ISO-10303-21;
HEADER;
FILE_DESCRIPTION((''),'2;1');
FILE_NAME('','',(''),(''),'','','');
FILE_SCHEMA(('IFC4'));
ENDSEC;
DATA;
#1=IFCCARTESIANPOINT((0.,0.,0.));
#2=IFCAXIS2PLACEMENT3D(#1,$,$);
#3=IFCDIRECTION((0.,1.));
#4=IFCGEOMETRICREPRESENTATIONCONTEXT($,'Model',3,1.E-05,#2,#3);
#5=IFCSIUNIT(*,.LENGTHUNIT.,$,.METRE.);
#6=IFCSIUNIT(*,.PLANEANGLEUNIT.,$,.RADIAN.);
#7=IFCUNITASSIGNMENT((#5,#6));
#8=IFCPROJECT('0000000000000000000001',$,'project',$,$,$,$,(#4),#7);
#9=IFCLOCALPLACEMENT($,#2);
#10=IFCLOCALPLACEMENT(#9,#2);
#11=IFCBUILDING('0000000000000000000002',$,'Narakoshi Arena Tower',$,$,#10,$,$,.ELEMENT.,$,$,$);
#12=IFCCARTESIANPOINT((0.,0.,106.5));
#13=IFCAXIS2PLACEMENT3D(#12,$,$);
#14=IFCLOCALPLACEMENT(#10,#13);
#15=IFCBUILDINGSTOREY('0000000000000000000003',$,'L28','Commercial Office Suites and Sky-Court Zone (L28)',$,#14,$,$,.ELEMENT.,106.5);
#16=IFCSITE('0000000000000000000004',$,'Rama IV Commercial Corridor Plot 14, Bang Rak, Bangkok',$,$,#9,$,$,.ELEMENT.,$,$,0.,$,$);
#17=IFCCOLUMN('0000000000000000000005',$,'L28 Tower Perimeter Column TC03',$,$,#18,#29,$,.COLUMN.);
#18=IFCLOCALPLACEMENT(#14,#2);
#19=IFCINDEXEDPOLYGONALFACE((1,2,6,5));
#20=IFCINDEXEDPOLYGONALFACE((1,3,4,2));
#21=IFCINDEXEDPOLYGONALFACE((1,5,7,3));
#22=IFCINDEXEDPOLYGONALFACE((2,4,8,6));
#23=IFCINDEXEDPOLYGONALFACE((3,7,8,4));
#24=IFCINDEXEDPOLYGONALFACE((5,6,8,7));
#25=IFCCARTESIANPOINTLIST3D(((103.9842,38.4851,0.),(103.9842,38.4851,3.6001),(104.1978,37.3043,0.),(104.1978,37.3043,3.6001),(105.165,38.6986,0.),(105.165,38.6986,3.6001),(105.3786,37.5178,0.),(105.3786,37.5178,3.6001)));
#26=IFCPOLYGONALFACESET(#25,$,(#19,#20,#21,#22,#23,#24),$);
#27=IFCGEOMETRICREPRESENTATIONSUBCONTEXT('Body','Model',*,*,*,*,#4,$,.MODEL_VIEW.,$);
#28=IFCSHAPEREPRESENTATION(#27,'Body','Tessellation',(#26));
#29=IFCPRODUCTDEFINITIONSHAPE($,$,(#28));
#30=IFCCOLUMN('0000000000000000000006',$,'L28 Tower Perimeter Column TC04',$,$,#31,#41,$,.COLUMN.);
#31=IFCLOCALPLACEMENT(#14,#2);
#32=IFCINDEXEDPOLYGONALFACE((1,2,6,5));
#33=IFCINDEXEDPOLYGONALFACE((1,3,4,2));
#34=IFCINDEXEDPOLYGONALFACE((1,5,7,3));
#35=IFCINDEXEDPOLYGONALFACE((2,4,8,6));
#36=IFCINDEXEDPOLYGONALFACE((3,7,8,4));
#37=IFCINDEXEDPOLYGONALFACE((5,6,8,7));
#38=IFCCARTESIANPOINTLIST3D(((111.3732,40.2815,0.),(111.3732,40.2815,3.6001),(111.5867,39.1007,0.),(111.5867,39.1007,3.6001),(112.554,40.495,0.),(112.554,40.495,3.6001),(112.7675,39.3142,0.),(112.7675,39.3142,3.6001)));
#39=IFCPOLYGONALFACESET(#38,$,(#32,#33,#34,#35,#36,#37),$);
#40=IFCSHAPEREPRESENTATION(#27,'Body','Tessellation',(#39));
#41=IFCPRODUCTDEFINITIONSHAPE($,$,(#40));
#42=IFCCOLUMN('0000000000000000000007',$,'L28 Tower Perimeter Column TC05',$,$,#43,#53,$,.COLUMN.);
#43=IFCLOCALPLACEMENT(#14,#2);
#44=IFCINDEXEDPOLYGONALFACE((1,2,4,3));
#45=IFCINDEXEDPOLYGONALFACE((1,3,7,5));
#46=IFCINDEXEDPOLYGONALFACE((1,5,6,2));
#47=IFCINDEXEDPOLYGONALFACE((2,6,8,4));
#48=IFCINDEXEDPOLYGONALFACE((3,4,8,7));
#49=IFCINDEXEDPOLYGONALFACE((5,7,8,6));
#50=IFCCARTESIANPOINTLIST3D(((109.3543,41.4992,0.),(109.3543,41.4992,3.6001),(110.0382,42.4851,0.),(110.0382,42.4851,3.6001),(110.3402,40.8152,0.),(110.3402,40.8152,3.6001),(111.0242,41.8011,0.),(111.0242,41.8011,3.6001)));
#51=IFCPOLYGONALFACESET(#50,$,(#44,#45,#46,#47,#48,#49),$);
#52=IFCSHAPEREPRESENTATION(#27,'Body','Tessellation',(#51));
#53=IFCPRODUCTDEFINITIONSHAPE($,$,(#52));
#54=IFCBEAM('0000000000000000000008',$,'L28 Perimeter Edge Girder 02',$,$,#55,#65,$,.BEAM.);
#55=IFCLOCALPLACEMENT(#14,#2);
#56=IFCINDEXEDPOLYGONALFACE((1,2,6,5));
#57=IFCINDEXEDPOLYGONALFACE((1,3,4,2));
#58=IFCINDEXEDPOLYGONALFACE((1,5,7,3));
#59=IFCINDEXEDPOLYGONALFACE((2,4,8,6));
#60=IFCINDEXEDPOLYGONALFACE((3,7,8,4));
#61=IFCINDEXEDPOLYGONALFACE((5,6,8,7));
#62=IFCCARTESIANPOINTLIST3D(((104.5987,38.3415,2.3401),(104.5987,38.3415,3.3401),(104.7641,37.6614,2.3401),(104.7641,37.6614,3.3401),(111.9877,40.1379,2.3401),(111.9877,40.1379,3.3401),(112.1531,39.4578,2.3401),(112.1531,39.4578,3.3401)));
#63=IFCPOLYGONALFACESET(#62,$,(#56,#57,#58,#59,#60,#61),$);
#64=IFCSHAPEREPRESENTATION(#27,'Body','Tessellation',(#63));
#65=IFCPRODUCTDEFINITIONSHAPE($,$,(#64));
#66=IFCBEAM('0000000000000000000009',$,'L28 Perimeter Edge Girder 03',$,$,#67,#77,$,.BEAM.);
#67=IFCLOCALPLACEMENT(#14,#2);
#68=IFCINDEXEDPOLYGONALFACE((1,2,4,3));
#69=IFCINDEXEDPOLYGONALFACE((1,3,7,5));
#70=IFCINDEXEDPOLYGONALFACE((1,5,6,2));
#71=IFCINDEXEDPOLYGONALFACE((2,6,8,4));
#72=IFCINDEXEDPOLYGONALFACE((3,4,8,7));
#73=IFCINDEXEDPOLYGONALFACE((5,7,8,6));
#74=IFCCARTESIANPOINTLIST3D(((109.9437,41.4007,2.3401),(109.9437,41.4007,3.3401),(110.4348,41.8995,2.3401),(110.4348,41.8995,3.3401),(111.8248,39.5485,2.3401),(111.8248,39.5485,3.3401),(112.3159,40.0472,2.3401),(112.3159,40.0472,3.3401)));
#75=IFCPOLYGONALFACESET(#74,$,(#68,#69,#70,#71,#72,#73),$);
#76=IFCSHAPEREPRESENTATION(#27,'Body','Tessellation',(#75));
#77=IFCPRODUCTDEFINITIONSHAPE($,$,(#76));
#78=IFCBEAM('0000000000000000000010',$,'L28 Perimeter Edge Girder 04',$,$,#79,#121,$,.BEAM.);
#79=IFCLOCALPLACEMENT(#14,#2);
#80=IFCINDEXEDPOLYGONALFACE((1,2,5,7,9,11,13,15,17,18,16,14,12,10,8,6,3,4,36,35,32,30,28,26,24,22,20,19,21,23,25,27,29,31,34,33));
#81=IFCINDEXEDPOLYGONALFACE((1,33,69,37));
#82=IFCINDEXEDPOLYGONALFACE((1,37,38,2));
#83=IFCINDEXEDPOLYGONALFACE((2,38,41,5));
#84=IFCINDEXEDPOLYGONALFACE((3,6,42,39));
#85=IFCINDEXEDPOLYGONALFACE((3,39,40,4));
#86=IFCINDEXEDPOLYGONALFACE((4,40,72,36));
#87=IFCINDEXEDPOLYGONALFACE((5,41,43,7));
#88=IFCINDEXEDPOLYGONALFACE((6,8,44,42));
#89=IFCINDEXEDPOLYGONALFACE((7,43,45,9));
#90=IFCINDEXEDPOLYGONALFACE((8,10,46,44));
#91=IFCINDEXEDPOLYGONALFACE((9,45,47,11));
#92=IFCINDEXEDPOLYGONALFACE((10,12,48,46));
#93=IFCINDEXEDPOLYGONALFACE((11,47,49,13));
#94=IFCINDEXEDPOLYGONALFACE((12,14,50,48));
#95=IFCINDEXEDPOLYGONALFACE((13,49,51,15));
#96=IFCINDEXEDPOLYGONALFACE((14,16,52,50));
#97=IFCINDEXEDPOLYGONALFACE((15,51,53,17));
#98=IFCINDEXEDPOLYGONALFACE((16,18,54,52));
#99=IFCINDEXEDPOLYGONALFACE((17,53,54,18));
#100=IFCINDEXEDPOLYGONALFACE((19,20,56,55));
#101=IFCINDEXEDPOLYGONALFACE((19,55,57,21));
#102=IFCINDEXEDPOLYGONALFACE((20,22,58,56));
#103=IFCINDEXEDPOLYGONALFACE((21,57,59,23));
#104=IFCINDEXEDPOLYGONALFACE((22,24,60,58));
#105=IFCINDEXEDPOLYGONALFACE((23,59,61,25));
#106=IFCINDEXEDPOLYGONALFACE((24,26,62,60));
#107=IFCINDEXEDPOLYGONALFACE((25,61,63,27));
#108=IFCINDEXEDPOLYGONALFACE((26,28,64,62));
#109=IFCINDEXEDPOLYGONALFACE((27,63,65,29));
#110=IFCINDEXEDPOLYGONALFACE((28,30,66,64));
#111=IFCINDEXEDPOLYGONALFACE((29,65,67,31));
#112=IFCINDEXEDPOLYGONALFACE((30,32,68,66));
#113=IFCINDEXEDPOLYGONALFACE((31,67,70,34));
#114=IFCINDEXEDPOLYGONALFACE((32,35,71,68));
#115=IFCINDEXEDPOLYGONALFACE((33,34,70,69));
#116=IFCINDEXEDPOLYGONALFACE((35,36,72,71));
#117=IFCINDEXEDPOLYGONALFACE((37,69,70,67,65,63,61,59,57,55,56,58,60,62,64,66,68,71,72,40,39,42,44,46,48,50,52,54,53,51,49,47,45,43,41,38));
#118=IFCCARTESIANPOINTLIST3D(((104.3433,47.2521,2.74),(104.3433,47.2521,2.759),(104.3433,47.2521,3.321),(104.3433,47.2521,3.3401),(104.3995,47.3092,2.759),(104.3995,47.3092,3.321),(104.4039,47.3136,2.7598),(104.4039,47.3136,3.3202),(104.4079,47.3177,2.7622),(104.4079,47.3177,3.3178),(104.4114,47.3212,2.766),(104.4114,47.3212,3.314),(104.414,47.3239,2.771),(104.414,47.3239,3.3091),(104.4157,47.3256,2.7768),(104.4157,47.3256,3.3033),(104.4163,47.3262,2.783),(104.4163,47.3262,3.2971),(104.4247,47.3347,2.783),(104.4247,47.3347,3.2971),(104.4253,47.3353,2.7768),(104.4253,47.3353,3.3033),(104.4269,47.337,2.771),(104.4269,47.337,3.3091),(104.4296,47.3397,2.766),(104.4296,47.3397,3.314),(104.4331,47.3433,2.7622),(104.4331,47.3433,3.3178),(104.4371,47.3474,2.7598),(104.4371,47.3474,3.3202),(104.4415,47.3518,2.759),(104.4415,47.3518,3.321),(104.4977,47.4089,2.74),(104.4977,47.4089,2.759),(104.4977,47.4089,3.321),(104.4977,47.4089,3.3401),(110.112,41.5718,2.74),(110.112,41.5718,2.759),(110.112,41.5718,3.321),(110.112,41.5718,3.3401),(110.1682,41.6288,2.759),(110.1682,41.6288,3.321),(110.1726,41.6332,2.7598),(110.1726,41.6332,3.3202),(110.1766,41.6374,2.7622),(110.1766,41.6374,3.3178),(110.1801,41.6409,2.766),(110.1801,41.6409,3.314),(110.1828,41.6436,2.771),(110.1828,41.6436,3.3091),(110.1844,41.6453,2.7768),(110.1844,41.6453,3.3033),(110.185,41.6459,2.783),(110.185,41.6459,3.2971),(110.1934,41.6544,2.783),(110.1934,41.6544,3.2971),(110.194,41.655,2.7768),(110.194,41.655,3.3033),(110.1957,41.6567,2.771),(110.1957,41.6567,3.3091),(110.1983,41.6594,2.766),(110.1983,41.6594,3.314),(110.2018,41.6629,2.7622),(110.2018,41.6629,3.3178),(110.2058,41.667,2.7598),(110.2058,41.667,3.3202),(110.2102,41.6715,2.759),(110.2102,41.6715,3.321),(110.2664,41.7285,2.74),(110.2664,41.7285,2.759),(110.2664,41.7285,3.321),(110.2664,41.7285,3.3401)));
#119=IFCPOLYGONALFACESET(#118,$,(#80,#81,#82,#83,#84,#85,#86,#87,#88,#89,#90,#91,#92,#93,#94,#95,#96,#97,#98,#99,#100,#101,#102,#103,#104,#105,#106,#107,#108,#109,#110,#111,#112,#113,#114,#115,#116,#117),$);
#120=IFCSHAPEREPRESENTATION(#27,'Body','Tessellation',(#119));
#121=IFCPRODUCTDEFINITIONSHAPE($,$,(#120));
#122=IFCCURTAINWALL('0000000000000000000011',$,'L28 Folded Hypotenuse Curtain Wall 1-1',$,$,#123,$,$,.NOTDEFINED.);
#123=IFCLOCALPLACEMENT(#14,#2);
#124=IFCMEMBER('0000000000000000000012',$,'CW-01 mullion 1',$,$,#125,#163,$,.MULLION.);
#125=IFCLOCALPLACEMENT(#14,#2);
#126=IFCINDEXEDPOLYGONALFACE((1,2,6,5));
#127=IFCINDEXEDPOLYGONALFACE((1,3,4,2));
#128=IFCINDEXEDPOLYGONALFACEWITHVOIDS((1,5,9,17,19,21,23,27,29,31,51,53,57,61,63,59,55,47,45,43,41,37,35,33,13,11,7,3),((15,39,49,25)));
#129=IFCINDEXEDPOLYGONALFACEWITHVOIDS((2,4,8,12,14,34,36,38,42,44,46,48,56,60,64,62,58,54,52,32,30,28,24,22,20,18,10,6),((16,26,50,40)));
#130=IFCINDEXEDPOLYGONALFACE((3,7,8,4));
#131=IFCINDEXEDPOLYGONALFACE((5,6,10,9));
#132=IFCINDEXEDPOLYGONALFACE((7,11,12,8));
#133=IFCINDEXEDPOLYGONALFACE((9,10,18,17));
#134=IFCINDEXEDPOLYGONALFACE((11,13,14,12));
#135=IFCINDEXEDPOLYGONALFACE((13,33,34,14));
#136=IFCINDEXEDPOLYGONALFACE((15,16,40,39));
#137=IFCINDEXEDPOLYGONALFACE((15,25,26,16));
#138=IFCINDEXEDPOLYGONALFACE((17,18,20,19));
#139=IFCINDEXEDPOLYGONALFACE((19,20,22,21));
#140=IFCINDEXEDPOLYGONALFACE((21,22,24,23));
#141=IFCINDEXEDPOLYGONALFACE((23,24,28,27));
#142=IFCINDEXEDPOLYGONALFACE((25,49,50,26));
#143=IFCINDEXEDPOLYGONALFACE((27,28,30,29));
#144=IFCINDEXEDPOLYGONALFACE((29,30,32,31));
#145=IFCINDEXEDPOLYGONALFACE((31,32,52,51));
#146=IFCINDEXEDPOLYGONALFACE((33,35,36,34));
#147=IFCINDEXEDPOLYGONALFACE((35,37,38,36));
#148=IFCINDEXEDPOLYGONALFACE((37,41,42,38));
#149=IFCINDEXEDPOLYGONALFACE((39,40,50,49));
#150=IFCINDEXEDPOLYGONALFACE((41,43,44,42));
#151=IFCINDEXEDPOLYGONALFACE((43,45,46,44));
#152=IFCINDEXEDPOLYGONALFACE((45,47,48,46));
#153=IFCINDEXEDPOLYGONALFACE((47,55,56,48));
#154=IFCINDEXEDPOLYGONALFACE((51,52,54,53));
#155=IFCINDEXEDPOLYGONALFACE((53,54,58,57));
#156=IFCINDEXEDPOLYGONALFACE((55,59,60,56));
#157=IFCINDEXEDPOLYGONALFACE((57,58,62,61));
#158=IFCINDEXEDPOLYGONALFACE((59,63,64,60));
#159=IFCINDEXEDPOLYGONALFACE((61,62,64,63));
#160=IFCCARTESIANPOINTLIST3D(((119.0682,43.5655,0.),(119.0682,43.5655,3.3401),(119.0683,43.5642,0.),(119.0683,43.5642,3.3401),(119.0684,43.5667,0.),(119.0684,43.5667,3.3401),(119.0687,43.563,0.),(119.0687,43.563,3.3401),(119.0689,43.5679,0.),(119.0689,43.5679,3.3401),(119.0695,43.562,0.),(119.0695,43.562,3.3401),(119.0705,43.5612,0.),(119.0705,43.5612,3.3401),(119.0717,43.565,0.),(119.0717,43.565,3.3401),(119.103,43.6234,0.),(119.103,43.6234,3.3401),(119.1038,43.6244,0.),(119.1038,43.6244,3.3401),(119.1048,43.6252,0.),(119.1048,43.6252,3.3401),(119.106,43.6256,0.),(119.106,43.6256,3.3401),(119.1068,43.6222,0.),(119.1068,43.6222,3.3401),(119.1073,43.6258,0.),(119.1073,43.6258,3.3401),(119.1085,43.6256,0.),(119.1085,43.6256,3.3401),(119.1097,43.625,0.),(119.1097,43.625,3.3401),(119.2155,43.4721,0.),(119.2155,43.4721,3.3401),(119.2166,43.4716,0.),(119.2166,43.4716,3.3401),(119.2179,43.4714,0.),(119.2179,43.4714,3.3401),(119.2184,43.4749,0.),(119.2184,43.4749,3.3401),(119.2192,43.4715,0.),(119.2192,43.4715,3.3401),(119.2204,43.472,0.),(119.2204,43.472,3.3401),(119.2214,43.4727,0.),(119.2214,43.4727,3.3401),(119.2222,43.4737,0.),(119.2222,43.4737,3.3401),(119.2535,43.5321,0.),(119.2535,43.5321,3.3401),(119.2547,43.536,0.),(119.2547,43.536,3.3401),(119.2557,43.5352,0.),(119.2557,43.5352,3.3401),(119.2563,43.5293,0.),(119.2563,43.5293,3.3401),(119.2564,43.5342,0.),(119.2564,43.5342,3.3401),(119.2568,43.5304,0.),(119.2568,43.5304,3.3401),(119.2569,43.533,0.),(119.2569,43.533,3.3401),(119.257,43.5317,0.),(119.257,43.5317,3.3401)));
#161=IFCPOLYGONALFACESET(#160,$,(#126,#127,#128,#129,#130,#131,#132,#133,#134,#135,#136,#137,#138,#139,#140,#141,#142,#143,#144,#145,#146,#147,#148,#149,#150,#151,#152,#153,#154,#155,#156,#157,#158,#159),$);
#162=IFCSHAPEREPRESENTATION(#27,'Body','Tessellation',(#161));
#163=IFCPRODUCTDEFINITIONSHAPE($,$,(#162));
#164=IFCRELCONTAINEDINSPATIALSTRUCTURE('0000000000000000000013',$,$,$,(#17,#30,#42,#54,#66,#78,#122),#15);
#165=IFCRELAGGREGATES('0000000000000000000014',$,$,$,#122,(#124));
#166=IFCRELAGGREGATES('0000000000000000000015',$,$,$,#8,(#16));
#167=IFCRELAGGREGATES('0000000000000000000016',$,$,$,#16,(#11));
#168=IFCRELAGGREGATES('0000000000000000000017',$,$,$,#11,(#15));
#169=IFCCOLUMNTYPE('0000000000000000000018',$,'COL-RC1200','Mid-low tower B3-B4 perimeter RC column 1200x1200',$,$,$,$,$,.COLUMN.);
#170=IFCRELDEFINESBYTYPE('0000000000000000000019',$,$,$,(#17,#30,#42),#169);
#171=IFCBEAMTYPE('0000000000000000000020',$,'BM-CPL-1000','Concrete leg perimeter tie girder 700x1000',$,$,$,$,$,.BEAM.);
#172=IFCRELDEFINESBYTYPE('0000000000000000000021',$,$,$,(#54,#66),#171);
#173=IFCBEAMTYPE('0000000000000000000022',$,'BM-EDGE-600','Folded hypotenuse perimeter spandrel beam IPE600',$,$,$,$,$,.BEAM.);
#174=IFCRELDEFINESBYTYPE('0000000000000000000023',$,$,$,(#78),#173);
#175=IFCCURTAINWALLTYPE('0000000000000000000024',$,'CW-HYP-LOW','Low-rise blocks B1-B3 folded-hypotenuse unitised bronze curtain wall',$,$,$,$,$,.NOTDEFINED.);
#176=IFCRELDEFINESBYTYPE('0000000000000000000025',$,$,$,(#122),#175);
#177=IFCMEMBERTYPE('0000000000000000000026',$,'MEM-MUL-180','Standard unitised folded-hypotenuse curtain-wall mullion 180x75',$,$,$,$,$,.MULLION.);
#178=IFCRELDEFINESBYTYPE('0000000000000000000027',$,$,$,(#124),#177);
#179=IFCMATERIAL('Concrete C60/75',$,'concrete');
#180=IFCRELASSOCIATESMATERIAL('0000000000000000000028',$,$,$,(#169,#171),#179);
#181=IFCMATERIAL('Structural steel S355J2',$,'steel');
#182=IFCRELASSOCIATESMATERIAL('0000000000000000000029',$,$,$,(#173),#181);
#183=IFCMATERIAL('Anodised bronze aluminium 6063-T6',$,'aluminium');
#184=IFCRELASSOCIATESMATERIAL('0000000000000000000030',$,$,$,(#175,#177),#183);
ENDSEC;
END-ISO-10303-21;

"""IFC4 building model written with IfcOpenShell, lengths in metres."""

from ifc_helpers import new_model, si_unit, direction, frame, origin, origin_2d, place, context, subcontext, project, spatial, rectangle, hollow_rectangle, i_section, extrude, material, material_profile, profile_set, type_object, element, aggregate, save


model = new_model("IFC4")

# Units and contexts
model_context = context("Model", 3, precision=1e-05, world=origin(), true_north=direction((0.0, 1.0)))
body_context = subcontext(model_context, "Body", "Model", "MODEL_VIEW")
ifc_project = project(units=[si_unit("LENGTHUNIT", "METRE"), si_unit("PLANEANGLEUNIT", "RADIAN")], contexts=[model_context])

# Site, building, storey
site_placement = place(None, origin())
site = spatial("IfcSite", under=ifc_project, at=site_placement, Name="Rama IV Commercial Corridor Plot 14, Bang Rak, Bangkok", CompositionType="ELEMENT", RefElevation=0.0)
building_placement = place(site_placement, origin())
building = spatial("IfcBuilding", under=site, at=building_placement, Name="Narakoshi Arena Tower", CompositionType="ELEMENT")
storey_placement = place(building_placement, frame((0.0, 0.0, 106.5)))
storey = spatial("IfcBuildingStorey", under=building, at=storey_placement, Name="L28", Description="Commercial Office Suites and Sky-Court Zone (L28)", CompositionType="ELEMENT", Elevation=106.5)

# Columns
ifc_material_1 = material(Name="Concrete C60/75", Category="concrete")
ifc_material_profile_1 = material_profile(ifc_material_1, rectangle(XDim=1.2, YDim=1.2, at=origin_2d()), Name="RC1200x1200")
ifc_profile_set_1 = profile_set([ifc_material_profile_1], Name="Concrete C60/75")
column_type = type_object("IfcColumnType", Name="COL-RC1200", Description="Mid-low tower B3-B4 perimeter RC column 1200x1200", PredefinedType="COLUMN", material=ifc_profile_set_1)
for number, where, z_axis, x_axis, name in (
    (1, (104.6814, 38.0015, 0.0), (0.0, 0.0, 1.0), (0.984041, 0.177944, 0.0), "L28 Tower Perimeter Column TC03"),
    (2, (112.0703, 39.7979, 0.0), (0.0, 0.0, 1.0), (0.984041, 0.177944, 0.0), "L28 Tower Perimeter Column TC04"),
    (3, (110.1892, 41.6501, 0.0), (0.0, 0.0, 1.0), (0.569997, 0.821647, 0.0), "L28 Tower Perimeter Column TC05"),
):
    element("IfcColumn", number, at=place(storey_placement, frame(where, z_axis=z_axis, x_axis=x_axis)), inside=storey, type_object=column_type, Name=name, PredefinedType="COLUMN", context=body_context, shape_type="SweptSolid", body=[
        extrude(rectangle(XDim=1.2, YDim=1.2, at=origin_2d()), origin(), (0.0, 0.0, 1.0), 3.6001),
    ])

# Beams
ifc_material_profile_2 = material_profile(ifc_material_1, rectangle(XDim=0.7, YDim=1.0, at=origin_2d()), Name="RCB700x1000")
ifc_profile_set_2 = profile_set([ifc_material_profile_2], Name="Concrete C60/75")
beam_type_1 = type_object("IfcBeamType", Name="BM-CPL-1000", Description="Concrete leg perimeter tie girder 700x1000", PredefinedType="BEAM", material=ifc_profile_set_2)
beam_1_placement = place(storey_placement, frame((104.6814, 38.0015, 2.8401), z_axis=(0.971695, 0.236238, 0.0), x_axis=(-0.236238, 0.971695, 0.0)))
element("IfcBeam", 4, at=beam_1_placement, inside=storey, type_object=beam_type_1, Name="L28 Perimeter Edge Girder 02", PredefinedType="BEAM", context=body_context, shape_type="SweptSolid", body=[
    extrude(rectangle(XDim=0.7, YDim=1.0, at=origin_2d()), origin(), (0.0, 0.0, 1.0), 7.6042),
])
beam_2_placement = place(storey_placement, frame((112.0703, 39.7979, 2.8401), z_axis=(-0.712542, 0.70163, 0.0), x_axis=(-0.70163, -0.712542, 0.0)))
element("IfcBeam", 5, at=beam_2_placement, inside=storey, type_object=beam_type_1, Name="L28 Perimeter Edge Girder 03", PredefinedType="BEAM", context=body_context, shape_type="SweptSolid", body=[
    extrude(rectangle(XDim=0.7, YDim=1.0, at=origin_2d()), origin(), (0.0, 0.0, 1.0), 2.6399),
])
ifc_material_2 = material(Name="Structural steel S355J2", Category="steel")
ifc_material_profile_3 = material_profile(ifc_material_2, i_section(OverallWidth=0.22, OverallDepth=0.6001, WebThickness=0.012, FlangeThickness=0.019, FilletRadius=0.0239, at=origin_2d()), Name="IPE600")
ifc_profile_set_3 = profile_set([ifc_material_profile_3], Name="Structural steel S355J2")
beam_type_2 = type_object("IfcBeamType", Name="BM-EDGE-600", Description="Folded hypotenuse perimeter spandrel beam IPE600", PredefinedType="BEAM", material=ifc_profile_set_3)
beam_3_placement = place(storey_placement, frame((110.1892, 41.6501, 3.04), z_axis=(-0.712544, 0.701628, 0.0), x_axis=(-0.701628, -0.712544, 0.0)))
element("IfcBeam", 6, at=beam_3_placement, inside=storey, type_object=beam_type_2, Name="L28 Perimeter Edge Girder 04", PredefinedType="BEAM", context=body_context, shape_type="SweptSolid", body=[
    extrude(i_section(OverallWidth=0.22, OverallDepth=0.6001, WebThickness=0.012, FlangeThickness=0.019, FilletRadius=0.0239, at=origin_2d()), origin(), (0.0, 0.0, 1.0), 8.0959),
])

# Curtain wall, member
ifc_material_3 = material(Name="Anodised bronze aluminium 6063-T6", Category="aluminium")
curtain_wall_type = type_object("IfcCurtainWallType", Name="CW-HYP-LOW", Description="Low-rise blocks B1-B3 folded-hypotenuse unitised bronze curtain wall", PredefinedType="NOTDEFINED", material=ifc_material_3)
curtain_wall_placement = place(storey_placement, origin())
curtain_wall = element("IfcCurtainWall", 7, at=curtain_wall_placement, inside=storey, type_object=curtain_wall_type, Name="L28 Folded Hypotenuse Curtain Wall 1-1", PredefinedType="NOTDEFINED")
ifc_material_profile_4 = material_profile(ifc_material_3, hollow_rectangle(XDim=0.075, YDim=0.1799, WallThickness=0.0039, OuterFilletRadius=0.0049, at=origin_2d()), Name="MUL180x75x4")
ifc_profile_set_4 = profile_set([ifc_material_profile_4], Name="Anodised bronze aluminium 6063-T6")
member_type_1 = type_object("IfcMemberType", Name="MEM-MUL-180", Description="Standard unitised folded-hypotenuse curtain-wall mullion 180x75", PredefinedType="MULLION", material=ifc_profile_set_4)
member_1_placement = place(storey_placement, frame((119.1626, 43.5486, 0.0), z_axis=(0.0, 0.0, 1.0), x_axis=(-0.523358, -0.852113, 0.0)))
member_1 = element("IfcMember", 8, at=member_1_placement, type_object=member_type_1, Name="CW-01 mullion 1", PredefinedType="MULLION", context=body_context, shape_type="SweptSolid", body=[
    extrude(hollow_rectangle(XDim=0.075, YDim=0.1799, WallThickness=0.0039, OuterFilletRadius=0.0049, at=origin_2d()), origin(), (0.0, 0.0, 1.0), 3.3401),
])
aggregate(curtain_wall, [member_1])

save(model, "model.ifc")
